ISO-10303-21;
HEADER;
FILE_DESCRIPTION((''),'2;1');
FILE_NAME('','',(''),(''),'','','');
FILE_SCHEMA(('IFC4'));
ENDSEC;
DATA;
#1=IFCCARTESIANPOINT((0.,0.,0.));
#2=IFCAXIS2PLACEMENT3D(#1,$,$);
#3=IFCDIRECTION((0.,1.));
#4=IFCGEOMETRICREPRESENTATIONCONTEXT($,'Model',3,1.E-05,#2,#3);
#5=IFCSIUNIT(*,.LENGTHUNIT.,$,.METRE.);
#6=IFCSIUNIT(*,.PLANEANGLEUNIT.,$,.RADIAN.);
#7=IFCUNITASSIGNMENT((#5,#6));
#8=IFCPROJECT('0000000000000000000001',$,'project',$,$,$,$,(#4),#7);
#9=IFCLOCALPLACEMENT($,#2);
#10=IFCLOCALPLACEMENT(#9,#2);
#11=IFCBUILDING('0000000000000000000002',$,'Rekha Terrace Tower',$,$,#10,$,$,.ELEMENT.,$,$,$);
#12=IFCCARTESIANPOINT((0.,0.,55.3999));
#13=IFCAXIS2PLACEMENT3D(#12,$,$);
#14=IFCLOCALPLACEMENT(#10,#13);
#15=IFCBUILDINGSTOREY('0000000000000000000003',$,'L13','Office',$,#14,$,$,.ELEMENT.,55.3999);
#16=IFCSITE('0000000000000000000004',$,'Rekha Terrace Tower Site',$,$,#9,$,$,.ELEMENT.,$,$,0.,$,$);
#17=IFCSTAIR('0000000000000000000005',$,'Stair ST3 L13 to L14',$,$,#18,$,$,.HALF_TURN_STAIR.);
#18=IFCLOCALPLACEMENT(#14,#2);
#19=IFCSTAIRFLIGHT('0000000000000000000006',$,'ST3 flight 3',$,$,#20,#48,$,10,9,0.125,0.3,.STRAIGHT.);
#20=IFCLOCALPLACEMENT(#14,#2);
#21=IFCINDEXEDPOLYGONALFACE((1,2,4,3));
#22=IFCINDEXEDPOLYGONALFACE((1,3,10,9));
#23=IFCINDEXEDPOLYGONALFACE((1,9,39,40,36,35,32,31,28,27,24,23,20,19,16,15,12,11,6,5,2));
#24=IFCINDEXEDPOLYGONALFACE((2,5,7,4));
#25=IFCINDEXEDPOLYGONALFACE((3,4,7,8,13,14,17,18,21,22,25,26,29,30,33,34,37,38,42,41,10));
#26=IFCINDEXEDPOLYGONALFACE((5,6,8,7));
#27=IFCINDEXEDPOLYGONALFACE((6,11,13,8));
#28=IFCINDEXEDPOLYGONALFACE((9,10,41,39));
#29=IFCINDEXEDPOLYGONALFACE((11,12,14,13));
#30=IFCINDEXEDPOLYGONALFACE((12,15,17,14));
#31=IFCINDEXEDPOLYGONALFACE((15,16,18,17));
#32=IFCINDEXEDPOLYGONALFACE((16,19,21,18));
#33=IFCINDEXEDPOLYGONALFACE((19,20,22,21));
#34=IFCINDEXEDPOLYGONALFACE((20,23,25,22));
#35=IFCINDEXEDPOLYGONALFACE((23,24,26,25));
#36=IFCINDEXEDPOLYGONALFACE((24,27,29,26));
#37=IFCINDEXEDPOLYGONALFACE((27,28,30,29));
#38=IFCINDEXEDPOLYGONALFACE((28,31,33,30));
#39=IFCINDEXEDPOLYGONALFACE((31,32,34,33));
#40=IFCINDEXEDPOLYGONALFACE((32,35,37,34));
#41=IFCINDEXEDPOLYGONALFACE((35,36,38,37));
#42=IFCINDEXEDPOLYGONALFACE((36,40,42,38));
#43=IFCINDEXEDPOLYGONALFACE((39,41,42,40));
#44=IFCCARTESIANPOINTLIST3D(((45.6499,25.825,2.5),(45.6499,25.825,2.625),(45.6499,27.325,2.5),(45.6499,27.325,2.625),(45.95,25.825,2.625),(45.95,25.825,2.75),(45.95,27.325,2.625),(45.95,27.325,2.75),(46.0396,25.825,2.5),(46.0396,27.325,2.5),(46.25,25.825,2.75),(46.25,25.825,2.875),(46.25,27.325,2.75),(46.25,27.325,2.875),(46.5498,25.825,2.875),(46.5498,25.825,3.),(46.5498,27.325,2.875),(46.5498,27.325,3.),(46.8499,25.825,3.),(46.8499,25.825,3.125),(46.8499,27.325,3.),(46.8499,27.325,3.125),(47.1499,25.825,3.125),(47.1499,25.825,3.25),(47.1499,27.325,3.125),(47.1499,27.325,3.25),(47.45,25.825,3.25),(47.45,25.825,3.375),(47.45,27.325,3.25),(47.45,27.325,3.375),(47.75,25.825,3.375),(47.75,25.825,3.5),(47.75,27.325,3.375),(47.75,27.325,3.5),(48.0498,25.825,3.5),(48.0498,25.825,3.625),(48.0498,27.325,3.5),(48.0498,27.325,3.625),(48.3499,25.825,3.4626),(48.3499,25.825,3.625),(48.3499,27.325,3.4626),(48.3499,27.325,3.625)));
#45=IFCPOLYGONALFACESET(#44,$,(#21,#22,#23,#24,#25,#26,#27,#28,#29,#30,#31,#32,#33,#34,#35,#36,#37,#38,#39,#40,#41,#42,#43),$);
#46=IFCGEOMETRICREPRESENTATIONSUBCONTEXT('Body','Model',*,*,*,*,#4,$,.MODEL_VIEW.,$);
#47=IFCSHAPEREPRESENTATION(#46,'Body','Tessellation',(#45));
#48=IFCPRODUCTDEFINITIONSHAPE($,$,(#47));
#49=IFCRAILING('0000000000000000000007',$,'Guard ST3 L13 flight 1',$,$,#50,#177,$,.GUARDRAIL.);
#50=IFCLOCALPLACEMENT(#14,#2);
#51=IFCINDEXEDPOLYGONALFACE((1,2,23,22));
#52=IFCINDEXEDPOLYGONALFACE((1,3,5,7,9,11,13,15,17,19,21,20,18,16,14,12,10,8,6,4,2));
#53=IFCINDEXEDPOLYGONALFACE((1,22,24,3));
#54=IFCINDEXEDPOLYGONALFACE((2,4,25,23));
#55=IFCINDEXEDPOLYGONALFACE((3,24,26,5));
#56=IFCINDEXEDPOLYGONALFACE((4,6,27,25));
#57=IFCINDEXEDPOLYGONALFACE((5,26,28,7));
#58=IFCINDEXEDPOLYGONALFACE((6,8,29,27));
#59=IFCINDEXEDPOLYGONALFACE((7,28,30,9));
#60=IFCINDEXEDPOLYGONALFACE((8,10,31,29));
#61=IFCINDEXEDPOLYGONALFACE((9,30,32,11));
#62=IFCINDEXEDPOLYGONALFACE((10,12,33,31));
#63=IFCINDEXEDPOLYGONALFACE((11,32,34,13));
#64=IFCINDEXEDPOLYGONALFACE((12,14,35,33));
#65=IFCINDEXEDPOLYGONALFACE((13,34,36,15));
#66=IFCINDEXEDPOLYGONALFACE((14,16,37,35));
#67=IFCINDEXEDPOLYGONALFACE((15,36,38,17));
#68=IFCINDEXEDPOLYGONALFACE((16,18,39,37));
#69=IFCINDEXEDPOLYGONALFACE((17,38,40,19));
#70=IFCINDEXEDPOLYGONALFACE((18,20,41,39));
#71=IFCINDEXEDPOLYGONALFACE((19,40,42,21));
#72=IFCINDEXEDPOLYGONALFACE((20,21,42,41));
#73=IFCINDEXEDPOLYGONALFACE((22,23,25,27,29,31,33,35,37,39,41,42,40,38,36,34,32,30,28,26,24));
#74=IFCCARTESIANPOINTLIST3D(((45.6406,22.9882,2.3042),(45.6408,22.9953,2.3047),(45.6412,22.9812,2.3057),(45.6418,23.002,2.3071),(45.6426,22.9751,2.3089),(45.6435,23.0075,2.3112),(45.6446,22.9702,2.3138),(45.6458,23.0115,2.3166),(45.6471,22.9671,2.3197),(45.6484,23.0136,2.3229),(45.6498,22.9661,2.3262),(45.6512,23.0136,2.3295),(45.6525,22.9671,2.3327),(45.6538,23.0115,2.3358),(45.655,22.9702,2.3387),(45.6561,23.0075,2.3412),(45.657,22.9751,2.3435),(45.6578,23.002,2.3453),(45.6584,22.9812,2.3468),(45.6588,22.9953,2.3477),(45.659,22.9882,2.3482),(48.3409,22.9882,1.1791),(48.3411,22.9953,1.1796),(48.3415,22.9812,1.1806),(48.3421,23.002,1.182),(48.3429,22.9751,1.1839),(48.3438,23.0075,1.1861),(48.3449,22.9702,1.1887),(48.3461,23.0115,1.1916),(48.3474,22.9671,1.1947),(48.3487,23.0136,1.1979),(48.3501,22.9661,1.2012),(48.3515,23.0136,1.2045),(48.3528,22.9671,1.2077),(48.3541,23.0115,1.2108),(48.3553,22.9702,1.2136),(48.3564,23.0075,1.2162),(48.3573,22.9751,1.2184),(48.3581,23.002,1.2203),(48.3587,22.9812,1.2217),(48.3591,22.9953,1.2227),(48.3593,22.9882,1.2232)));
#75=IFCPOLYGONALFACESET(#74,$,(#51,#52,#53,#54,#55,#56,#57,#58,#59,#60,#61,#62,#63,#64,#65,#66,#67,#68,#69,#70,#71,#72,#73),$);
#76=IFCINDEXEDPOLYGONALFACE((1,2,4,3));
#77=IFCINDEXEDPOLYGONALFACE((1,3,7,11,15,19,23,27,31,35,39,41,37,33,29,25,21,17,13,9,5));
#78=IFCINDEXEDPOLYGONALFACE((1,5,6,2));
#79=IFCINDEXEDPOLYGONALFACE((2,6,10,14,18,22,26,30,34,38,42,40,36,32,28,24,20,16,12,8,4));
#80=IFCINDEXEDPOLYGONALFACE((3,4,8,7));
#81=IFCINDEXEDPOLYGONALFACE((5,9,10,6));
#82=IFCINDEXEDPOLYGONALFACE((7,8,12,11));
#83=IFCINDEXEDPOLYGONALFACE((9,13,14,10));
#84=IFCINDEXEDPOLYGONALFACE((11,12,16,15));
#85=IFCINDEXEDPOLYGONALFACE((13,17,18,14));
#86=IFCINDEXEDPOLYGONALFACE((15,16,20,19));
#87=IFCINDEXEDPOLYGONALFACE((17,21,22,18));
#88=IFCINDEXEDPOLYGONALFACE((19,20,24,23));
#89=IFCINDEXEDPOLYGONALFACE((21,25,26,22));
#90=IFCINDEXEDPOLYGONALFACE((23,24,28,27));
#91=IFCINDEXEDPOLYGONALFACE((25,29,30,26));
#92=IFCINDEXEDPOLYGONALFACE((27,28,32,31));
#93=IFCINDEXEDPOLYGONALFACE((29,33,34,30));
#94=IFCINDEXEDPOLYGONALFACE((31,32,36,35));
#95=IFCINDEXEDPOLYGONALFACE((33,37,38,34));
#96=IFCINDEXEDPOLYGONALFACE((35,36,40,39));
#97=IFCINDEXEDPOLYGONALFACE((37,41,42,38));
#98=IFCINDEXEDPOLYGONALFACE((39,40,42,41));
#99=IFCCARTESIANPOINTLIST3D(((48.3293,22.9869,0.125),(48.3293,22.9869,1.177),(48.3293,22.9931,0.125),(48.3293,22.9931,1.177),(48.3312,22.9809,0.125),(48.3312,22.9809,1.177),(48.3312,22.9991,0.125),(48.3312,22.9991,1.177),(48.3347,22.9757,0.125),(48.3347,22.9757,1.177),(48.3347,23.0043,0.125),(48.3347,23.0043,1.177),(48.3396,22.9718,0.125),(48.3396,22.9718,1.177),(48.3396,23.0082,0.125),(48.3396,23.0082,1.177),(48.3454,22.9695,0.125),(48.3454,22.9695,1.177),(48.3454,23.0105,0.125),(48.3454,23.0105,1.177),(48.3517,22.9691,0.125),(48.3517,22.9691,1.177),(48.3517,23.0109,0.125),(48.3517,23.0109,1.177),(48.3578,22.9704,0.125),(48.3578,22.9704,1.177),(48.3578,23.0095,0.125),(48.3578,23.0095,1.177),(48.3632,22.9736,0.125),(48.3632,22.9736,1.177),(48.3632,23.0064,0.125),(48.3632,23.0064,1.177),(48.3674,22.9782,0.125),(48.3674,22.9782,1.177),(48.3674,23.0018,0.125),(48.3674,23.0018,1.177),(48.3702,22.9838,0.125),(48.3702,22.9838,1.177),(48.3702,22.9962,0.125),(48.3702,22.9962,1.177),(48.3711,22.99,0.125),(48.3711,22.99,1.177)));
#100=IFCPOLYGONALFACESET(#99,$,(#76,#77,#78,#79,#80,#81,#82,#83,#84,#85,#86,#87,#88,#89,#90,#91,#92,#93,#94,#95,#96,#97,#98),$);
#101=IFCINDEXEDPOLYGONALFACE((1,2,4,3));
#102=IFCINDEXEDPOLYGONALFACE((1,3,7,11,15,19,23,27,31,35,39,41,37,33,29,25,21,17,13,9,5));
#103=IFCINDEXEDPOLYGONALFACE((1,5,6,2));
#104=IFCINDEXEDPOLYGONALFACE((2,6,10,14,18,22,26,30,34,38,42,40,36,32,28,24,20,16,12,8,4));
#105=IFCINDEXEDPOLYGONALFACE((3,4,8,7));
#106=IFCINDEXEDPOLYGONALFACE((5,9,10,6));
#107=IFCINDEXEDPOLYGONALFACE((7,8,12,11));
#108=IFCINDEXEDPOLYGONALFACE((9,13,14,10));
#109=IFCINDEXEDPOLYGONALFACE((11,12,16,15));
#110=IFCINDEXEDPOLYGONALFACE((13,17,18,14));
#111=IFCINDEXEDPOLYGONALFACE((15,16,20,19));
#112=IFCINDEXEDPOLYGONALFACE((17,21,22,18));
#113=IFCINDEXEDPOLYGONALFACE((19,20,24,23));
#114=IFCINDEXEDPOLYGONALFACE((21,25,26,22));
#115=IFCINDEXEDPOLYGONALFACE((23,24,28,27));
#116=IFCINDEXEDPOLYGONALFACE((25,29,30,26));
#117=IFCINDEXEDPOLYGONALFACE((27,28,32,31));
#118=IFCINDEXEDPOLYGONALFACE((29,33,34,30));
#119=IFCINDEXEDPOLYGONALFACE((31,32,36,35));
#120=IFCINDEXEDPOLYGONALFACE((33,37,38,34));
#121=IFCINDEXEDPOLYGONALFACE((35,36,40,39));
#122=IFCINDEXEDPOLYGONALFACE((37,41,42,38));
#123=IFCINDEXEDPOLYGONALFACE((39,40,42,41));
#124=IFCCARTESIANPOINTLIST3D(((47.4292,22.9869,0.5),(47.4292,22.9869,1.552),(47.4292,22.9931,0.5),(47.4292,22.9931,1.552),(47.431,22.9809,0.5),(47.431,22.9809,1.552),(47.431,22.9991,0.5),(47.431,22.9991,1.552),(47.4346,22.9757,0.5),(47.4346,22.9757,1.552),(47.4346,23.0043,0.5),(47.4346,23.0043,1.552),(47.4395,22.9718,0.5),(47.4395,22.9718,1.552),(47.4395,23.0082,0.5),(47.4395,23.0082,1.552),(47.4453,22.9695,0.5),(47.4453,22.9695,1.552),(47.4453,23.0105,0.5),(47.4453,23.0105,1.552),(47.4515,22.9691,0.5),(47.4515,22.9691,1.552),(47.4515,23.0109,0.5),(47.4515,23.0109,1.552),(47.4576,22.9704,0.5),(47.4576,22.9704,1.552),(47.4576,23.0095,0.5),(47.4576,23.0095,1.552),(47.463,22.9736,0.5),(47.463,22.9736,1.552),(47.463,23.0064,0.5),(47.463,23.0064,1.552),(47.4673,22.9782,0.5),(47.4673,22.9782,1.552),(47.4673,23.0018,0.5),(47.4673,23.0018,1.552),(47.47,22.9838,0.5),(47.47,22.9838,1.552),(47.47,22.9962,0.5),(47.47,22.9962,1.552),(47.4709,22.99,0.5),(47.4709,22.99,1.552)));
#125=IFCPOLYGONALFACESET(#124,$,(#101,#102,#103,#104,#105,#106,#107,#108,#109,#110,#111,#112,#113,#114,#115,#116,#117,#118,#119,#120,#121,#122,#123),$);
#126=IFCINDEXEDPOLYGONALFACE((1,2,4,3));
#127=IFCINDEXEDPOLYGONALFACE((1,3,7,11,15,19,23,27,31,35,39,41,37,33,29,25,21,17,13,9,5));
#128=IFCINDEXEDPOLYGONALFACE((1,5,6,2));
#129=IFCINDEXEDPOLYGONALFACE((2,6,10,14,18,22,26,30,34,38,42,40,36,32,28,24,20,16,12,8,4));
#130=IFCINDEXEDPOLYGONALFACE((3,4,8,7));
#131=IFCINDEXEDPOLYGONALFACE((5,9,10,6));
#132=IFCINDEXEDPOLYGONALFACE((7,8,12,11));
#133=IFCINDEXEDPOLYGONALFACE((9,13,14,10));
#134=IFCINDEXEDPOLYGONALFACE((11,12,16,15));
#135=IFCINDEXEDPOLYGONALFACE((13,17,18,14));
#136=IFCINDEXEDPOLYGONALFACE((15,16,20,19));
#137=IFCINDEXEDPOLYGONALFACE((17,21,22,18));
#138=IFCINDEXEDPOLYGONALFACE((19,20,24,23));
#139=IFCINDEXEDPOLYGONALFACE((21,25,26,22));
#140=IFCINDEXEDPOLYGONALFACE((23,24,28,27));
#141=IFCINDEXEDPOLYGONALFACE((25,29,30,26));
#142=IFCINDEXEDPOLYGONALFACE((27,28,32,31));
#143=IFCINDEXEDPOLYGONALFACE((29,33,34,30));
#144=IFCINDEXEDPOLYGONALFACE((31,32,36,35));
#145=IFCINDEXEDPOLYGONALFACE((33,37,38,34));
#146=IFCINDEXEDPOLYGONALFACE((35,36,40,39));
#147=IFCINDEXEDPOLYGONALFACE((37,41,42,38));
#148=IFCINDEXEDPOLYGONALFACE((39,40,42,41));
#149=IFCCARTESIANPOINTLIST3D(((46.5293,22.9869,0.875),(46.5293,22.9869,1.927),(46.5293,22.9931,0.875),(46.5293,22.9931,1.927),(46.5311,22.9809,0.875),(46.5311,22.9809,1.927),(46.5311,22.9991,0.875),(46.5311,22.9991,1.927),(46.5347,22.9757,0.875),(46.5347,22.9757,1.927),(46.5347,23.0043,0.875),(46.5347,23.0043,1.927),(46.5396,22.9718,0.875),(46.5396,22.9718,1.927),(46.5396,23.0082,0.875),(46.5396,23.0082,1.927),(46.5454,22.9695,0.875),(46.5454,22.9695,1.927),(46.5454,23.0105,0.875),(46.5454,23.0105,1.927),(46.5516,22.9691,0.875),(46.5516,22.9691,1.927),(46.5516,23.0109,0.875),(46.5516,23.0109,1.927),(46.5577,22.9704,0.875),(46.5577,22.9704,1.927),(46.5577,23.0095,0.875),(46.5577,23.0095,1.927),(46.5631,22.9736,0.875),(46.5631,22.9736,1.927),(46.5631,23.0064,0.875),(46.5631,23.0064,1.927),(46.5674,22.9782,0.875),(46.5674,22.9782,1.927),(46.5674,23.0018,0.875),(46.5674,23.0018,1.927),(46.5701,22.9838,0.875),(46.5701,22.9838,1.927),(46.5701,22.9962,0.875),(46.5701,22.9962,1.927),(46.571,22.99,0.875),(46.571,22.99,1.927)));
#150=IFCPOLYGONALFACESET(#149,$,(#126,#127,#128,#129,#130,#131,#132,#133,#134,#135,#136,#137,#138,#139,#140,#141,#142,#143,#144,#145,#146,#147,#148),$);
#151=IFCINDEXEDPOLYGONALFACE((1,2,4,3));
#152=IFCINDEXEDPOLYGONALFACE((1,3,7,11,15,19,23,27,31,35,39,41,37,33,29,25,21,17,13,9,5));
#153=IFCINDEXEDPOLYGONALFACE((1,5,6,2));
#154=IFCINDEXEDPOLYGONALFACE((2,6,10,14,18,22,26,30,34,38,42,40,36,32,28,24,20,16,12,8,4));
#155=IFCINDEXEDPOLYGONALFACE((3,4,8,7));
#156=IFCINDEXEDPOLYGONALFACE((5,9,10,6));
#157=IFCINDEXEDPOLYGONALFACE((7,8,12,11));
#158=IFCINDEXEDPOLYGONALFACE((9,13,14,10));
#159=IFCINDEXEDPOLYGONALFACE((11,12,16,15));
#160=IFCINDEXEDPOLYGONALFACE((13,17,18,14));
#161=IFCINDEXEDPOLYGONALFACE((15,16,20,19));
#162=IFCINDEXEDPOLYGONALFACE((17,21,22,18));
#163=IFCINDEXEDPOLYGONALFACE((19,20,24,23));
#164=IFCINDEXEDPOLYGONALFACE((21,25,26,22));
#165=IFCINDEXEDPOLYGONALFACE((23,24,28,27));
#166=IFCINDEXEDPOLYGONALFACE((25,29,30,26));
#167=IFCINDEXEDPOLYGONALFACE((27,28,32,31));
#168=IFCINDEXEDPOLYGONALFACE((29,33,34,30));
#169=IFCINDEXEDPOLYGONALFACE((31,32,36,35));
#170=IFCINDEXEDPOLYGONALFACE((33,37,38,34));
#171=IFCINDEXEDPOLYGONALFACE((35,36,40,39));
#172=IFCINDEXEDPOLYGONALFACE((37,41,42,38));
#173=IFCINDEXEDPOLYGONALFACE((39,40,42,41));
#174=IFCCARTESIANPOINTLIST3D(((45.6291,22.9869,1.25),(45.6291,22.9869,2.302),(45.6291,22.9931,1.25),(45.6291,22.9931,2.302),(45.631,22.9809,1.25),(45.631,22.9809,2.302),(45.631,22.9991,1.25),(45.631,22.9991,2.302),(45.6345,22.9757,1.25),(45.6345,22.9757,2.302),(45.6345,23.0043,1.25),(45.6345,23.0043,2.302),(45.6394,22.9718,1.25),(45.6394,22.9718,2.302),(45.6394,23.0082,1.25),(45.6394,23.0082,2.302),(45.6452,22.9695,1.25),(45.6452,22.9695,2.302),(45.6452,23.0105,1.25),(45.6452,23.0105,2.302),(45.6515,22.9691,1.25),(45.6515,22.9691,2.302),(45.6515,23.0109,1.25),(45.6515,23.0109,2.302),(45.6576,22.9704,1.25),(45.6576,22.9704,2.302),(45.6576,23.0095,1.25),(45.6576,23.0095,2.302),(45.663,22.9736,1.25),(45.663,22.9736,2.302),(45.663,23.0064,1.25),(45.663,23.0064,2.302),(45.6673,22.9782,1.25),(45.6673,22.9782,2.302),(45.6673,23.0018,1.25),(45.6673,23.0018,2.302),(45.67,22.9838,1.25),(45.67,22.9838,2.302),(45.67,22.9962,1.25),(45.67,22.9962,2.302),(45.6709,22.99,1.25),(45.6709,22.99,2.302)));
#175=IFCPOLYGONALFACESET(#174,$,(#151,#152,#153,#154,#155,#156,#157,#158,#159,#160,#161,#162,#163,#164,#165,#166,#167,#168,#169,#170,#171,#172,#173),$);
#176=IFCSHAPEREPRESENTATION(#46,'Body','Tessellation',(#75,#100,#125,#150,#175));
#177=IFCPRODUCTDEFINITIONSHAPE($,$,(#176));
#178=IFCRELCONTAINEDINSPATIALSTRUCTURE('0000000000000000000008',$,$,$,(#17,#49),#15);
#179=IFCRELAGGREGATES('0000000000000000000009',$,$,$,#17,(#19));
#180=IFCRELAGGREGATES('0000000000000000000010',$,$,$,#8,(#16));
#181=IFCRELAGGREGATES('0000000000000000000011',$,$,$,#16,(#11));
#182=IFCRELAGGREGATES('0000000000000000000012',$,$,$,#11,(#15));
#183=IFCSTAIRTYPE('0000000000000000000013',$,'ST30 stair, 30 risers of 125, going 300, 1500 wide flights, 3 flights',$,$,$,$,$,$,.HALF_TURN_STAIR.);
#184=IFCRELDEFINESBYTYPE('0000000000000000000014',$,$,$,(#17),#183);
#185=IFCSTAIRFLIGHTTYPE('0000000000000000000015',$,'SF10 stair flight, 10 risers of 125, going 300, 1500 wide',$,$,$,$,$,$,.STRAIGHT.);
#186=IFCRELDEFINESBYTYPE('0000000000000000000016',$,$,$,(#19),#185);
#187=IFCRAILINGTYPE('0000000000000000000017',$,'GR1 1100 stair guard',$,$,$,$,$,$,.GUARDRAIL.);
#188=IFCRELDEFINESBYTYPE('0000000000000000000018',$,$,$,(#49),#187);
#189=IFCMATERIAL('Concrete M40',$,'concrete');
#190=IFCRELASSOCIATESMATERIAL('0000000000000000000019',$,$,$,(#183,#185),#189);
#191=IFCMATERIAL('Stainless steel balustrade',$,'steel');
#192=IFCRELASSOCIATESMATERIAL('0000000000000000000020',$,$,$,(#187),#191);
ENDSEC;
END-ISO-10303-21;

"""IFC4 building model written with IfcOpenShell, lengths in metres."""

from ifc_helpers import new_model, si_unit, direction, frame, origin, origin_2d, place, context, subcontext, project, spatial, polyline, circle, outline, extrude, material, type_object, element, aggregate, save


model = new_model("IFC4")

# Units and contexts
model_context = context("Model", 3, precision=1e-05, world=origin(), true_north=direction((0.0, 1.0)))
body_context = subcontext(model_context, "Body", "Model", "MODEL_VIEW")
ifc_project = project(units=[si_unit("LENGTHUNIT", "METRE"), si_unit("PLANEANGLEUNIT", "RADIAN")], contexts=[model_context])

# Site, building, storey
site_placement = place(None, origin())
site = spatial("IfcSite", under=ifc_project, at=site_placement, Name="Rekha Terrace Tower Site", CompositionType="ELEMENT", RefElevation=0.0)
building_placement = place(site_placement, origin())
building = spatial("IfcBuilding", under=site, at=building_placement, Name="Rekha Terrace Tower", CompositionType="ELEMENT")
storey_placement = place(building_placement, frame((0.0, 0.0, 55.3999)))
storey = spatial("IfcBuildingStorey", under=building, at=storey_placement, Name="L13", Description="Office", CompositionType="ELEMENT", Elevation=55.3999)

# Stair, stair flight
ifc_material_1 = material(Name="Concrete M40", Category="concrete")
stair_type = type_object("IfcStairType", Name="ST30 stair, 30 risers of 125, going 300, 1500 wide flights, 3 flights", PredefinedType="HALF_TURN_STAIR", material=ifc_material_1)
stair_placement = place(storey_placement, origin())
stair = element("IfcStair", 1, at=stair_placement, inside=storey, type_object=stair_type, Name="Stair ST3 L13 to L14", PredefinedType="HALF_TURN_STAIR")
stair_flight_type = type_object("IfcStairFlightType", Name="SF10 stair flight, 10 risers of 125, going 300, 1500 wide", PredefinedType="STRAIGHT", material=ifc_material_1)
stair_flight_1_placement = place(storey_placement, frame((45.6499, 26.575, 2.5), z_axis=(0.0, 0.0, 1.0), x_axis=(1.0, 0.0, 0.0)))
stair_flight_1 = element("IfcStairFlight", 2, at=stair_flight_1_placement, type_object=stair_flight_type, Name="ST3 flight 3", NumberOfRisers=10, NumberOfTreads=9, PredefinedType="STRAIGHT", RiserHeight=0.125, TreadLength=0.3, context=body_context, shape_type="SweptSolid", body=[
    extrude(outline(polyline([(0.0, 0.0), (0.0, 0.125), (0.3, 0.125), (0.3, 0.25), (0.6001, 0.25), (0.6001, 0.375), (0.8999, 0.375), (0.8999, 0.5), (1.2, 0.5), (1.2, 0.625), (1.5, 0.625), (1.5, 0.75), (1.8, 0.75), (1.8, 0.875), (2.1001, 0.875), (2.1001, 1.0), (2.3999, 1.0), (2.3999, 1.125), (2.7, 1.125), (2.7, 1.25), (2.7, 0.9626), (0.3896, 0.0), (0.0, 0.0)])), frame((0.0, 0.75, 0.0), z_axis=(0.0, -1.0, 0.0), x_axis=(1.0, 0.0, 0.0)), (0.0, 0.0, 1.0), 1.5),
])
aggregate(stair, [stair_flight_1])

# Railing
ifc_material_2 = material(Name="Stainless steel balustrade", Category="steel")
railing_type_1 = type_object("IfcRailingType", Name="GR1 1100 stair guard", PredefinedType="GUARDRAIL", material=ifc_material_2)
railing_1_placement = place(storey_placement, frame((48.3501, 22.99, 0.125)))
element("IfcRailing", 3, at=railing_1_placement, inside=storey, type_object=railing_type_1, Name="Guard ST3 L13 flight 1", PredefinedType="GUARDRAIL", context=body_context, shape_type="SweptSolid", body=[
    extrude(circle(Radius=0.0239, at=origin_2d()), frame((0.0, 0.0, 1.0762), z_axis=(-0.923087, 0.0, 0.384592), x_axis=(0.0, -1.0, 0.0)), (0.0, 0.0, 1.0), 2.9253),
    extrude(circle(Radius=0.021, at=origin_2d()), origin(), (0.0, 0.0, 1.0), 1.052),
    extrude(circle(Radius=0.021, at=origin_2d()), frame((-0.9001, 0.0, 0.375)), (0.0, 0.0, 1.0), 1.052),
    extrude(circle(Radius=0.021, at=origin_2d()), frame((-1.8, 0.0, 0.75)), (0.0, 0.0, 1.0), 1.052),
    extrude(circle(Radius=0.021, at=origin_2d()), frame((-2.7002, 0.0, 1.125)), (0.0, 0.0, 1.0), 1.052),
])

save(model, "model.ifc")
